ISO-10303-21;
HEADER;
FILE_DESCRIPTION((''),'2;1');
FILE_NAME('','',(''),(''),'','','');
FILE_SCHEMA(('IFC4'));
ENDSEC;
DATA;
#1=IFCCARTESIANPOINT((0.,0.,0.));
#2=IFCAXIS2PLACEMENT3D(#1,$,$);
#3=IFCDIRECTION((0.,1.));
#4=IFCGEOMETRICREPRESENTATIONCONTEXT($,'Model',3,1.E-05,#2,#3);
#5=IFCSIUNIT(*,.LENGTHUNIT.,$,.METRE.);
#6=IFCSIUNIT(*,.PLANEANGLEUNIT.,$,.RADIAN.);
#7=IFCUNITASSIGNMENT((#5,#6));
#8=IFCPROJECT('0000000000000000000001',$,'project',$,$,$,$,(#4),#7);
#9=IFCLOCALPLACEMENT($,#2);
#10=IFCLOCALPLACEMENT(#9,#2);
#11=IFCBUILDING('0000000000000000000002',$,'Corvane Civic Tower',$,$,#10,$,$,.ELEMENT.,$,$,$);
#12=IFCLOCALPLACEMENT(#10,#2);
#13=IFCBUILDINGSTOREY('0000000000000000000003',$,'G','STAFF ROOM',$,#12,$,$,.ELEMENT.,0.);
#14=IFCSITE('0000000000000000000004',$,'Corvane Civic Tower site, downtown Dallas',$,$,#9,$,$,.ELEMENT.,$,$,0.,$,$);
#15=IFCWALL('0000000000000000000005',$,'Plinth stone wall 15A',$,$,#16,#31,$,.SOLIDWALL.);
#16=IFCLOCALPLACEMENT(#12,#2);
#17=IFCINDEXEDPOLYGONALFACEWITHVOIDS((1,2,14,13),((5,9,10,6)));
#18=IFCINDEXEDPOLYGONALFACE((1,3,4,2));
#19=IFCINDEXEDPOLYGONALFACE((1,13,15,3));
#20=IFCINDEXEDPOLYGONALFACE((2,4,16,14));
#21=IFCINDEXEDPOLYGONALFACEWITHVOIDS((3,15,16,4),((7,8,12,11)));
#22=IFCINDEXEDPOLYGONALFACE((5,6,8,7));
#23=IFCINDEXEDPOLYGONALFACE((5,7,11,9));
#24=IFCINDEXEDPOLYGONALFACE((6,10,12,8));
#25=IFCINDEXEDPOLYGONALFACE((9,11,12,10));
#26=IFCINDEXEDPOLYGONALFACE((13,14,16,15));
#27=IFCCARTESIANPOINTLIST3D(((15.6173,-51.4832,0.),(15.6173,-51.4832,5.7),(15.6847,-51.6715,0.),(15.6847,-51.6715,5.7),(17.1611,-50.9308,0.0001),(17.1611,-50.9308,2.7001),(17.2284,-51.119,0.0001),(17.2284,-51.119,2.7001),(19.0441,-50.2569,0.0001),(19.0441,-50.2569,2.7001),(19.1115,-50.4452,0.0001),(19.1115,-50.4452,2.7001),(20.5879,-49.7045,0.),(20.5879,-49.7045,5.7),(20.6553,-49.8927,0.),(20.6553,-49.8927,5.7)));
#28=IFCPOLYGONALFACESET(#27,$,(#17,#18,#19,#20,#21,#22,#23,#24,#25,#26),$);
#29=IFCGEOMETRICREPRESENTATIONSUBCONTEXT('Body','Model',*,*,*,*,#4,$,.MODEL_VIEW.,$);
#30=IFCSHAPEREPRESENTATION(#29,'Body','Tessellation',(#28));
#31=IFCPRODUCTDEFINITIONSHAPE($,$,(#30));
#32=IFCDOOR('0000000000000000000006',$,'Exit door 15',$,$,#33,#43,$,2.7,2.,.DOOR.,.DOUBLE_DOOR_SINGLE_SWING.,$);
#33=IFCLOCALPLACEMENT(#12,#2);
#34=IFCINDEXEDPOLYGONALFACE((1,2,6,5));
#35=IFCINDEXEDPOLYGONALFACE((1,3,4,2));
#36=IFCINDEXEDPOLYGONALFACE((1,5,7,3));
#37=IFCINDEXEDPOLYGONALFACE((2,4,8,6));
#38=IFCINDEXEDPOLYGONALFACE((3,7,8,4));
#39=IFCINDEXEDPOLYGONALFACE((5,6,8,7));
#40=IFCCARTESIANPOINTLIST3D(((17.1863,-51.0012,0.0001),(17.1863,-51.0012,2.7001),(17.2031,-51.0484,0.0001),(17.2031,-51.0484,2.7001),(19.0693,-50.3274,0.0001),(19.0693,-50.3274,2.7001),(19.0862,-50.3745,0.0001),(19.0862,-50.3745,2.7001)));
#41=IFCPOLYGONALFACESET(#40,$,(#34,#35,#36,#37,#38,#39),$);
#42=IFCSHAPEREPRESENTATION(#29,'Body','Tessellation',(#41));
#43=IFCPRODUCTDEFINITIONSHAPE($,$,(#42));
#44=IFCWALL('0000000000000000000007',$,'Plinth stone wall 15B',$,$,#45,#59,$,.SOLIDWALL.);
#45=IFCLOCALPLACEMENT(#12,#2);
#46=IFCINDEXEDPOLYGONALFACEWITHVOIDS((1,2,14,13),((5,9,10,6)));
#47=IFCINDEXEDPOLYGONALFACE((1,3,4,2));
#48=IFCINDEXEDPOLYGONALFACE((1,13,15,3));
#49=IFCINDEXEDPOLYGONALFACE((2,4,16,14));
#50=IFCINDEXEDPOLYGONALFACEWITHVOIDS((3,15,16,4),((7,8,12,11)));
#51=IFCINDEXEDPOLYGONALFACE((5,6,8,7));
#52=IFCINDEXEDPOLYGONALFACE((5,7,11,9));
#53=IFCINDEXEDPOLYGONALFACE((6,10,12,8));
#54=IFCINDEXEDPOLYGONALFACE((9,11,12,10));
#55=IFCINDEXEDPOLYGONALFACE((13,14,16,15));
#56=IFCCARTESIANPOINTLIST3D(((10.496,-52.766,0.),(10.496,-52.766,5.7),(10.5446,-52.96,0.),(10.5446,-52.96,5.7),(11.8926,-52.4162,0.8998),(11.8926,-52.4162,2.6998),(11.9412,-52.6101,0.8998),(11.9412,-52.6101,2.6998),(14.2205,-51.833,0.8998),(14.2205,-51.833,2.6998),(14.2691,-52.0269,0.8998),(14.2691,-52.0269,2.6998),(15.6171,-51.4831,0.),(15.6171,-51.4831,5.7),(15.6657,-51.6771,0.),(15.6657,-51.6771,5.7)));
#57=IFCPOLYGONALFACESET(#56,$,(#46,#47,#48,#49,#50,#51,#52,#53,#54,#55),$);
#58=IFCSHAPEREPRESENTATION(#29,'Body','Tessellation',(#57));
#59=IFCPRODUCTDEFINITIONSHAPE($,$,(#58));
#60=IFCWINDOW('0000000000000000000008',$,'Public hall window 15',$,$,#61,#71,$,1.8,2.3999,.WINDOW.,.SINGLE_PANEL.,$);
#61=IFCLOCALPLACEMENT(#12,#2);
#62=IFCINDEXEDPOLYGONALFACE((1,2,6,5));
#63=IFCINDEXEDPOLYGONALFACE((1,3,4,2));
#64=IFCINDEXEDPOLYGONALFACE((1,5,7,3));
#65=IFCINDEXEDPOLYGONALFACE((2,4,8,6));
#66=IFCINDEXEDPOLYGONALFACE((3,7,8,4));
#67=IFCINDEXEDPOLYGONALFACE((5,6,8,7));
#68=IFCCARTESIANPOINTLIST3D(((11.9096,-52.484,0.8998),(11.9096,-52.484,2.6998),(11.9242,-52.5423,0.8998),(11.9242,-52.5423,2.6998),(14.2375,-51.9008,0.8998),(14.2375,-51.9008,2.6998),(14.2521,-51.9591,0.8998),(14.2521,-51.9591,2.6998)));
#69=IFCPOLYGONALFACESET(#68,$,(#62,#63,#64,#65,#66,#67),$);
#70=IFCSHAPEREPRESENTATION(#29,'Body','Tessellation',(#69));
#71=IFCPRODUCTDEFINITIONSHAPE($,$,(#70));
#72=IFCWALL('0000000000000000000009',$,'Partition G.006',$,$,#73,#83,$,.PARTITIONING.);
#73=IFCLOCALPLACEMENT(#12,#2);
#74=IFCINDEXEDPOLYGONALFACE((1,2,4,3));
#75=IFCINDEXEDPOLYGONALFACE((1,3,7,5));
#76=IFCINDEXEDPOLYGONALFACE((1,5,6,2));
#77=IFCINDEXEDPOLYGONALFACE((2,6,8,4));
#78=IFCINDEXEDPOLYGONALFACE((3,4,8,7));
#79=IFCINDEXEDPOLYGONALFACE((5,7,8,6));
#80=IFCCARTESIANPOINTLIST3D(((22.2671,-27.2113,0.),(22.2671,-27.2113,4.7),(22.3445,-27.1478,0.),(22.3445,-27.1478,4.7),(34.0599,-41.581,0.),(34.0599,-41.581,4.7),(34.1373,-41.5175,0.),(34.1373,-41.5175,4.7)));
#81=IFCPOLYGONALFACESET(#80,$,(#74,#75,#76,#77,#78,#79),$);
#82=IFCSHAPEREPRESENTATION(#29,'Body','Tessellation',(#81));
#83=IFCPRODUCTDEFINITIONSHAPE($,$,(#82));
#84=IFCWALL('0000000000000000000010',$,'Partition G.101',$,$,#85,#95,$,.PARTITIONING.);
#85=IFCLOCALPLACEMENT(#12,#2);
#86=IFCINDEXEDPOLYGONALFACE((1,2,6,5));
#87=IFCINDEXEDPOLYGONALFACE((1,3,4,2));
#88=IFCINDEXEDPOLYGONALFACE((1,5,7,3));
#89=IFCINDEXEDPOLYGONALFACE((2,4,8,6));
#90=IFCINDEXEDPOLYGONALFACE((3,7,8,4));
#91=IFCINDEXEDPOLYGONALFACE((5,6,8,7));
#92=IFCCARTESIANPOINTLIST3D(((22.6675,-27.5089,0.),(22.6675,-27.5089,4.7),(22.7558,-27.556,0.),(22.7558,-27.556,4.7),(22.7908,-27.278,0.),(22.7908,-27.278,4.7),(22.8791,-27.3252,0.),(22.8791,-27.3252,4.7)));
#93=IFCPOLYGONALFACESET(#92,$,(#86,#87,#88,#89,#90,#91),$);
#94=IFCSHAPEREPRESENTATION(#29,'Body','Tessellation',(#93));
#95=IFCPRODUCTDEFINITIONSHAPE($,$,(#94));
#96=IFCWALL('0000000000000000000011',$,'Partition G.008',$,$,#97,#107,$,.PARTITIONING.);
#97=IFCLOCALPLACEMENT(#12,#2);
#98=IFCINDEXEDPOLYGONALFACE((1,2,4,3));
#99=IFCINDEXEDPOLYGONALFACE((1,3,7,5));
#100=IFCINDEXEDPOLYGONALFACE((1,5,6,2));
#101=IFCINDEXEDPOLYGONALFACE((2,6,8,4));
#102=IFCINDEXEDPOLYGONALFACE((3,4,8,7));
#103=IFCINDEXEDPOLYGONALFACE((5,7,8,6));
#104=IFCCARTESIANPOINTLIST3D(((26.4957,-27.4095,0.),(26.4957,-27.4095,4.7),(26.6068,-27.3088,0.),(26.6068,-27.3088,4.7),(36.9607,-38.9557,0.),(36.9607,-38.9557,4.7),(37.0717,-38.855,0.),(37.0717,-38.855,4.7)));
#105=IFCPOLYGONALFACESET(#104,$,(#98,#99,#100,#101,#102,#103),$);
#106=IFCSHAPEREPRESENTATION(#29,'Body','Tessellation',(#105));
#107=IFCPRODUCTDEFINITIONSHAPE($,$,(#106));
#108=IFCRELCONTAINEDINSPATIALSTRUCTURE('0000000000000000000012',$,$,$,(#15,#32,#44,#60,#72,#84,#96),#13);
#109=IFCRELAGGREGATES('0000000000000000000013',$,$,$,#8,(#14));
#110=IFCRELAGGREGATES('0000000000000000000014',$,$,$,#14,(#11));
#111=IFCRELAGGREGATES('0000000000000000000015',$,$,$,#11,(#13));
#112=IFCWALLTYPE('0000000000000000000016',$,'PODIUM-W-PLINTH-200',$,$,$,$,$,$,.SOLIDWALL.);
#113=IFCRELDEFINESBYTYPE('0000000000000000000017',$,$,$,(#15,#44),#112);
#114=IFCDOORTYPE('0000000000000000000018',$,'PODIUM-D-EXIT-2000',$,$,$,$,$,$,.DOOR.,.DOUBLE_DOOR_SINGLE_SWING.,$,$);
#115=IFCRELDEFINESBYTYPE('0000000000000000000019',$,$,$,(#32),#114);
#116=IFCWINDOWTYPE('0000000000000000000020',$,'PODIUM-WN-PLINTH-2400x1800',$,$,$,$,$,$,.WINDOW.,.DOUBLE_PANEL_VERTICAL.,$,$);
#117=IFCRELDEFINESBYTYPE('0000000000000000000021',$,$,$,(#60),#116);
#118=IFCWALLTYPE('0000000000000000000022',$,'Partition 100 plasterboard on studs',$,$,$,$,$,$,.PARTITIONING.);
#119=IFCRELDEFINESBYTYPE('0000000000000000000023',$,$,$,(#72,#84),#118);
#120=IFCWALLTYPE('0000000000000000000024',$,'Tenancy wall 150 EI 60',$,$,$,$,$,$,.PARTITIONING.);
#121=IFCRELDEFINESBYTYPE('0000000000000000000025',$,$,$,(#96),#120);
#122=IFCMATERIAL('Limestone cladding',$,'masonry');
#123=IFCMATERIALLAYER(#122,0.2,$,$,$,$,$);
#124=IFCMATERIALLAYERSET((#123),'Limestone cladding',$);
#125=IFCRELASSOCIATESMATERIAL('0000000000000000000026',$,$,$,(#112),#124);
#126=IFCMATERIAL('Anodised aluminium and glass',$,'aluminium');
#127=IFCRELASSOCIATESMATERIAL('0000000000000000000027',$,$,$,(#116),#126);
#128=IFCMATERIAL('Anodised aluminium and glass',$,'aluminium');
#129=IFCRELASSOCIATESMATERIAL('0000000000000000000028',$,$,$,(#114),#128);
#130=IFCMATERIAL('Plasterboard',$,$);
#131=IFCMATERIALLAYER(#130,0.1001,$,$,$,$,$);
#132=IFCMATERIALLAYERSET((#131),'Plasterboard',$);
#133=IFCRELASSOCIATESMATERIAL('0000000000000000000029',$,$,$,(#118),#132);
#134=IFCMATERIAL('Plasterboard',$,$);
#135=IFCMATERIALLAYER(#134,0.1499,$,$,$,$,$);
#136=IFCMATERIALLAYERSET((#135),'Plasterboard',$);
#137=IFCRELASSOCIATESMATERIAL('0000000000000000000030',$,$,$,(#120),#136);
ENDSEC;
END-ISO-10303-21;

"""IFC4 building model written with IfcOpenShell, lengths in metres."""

from ifc_helpers import new_model, si_unit, direction, frame, frame_2d, origin, place, context, subcontext, project, spatial, rectangle, extrude, material, layer, layer_set, type_object, element, fill, save


model = new_model("IFC4")

# Units and contexts
model_context = context("Model", 3, precision=1e-05, world=origin(), true_north=direction((0.0, 1.0)))
body_context = subcontext(model_context, "Body", "Model", "MODEL_VIEW")
ifc_project = project(units=[si_unit("LENGTHUNIT", "METRE"), si_unit("PLANEANGLEUNIT", "RADIAN")], contexts=[model_context])

# Site, building, storey
site_placement = place(None, origin())
site = spatial("IfcSite", under=ifc_project, at=site_placement, Name="Corvane Civic Tower site, downtown Dallas", CompositionType="ELEMENT", RefElevation=0.0)
building_placement = place(site_placement, origin())
building = spatial("IfcBuilding", under=site, at=building_placement, Name="Corvane Civic Tower", CompositionType="ELEMENT")
storey_placement = place(building_placement, origin())
storey = spatial("IfcBuildingStorey", under=building, at=storey_placement, Name="G", Description="STAFF ROOM", CompositionType="ELEMENT", Elevation=0.0)

# Shared definitions
ifc_material_1 = material(Name="Limestone cladding", Category="masonry")
ifc_layer_1 = layer(ifc_material_1, 0.2)
ifc_layer_set_1 = layer_set([ifc_layer_1], Name="Limestone cladding")
wall_type_1 = type_object("IfcWallType", Name="PODIUM-W-PLINTH-200", PredefinedType="SOLIDWALL", material=ifc_layer_set_1)
ifc_material_2 = material(Name="Anodised aluminium and glass", Category="aluminium")
window_type = type_object("IfcWindowType", Name="PODIUM-WN-PLINTH-2400x1800", PartitioningType="DOUBLE_PANEL_VERTICAL", PredefinedType="WINDOW", material=ifc_material_2)

# Wall, opening, door
wall_1_placement = place(storey_placement, frame((20.6216, -49.7986, 0.0), z_axis=(0.0, 0.0, 1.0), x_axis=(-0.941528, -0.336934, 0.0)))
wall_1 = element("IfcWall", 1, at=wall_1_placement, inside=storey, type_object=wall_type_1, Name="Plinth stone wall 15A", PredefinedType="SOLIDWALL", context=body_context, shape_type="SweptSolid", body=[
    extrude(rectangle(XDim=5.2793, YDim=0.2, at=frame_2d((2.6396, 0.0))), origin(), (0.0, 0.0, 1.0), 5.7),
])
opening_1_placement = place(wall_1_placement, frame((1.6396, 0.0, 0.0)))
opening_1 = element("IfcOpeningElement", 2, at=opening_1_placement, cuts=wall_1, PredefinedType="OPENING", context=body_context, shape_type="SweptSolid", body=[
    extrude(rectangle(XDim=2.0, YDim=2.7, at=frame_2d((1.0, 1.3501))), frame((0.0, 0.1099, 0.0), z_axis=(0.0, -1.0, 0.0), x_axis=(1.0, 0.0, 0.0)), (0.0, 0.0, 1.0), 0.22),
])
ifc_material_3 = material(Name="Anodised aluminium and glass", Category="aluminium")
door_type_1 = type_object("IfcDoorType", Name="PODIUM-D-EXIT-2000", OperationType="DOUBLE_DOOR_SINGLE_SWING", PredefinedType="DOOR", material=ifc_material_3)
door_1_placement = place(opening_1_placement, origin())
door_1 = element("IfcDoor", 3, at=door_1_placement, inside=storey, type_object=door_type_1, Name="Exit door 15", OperationType="DOUBLE_DOOR_SINGLE_SWING", OverallHeight=2.7, OverallWidth=2.0, PredefinedType="DOOR", context=body_context, shape_type="SweptSolid", body=[
    extrude(rectangle(XDim=2.0, YDim=2.7, at=frame_2d((1.0, 1.3501))), frame((0.0, 0.0249, 0.0), z_axis=(0.0, -1.0, 0.0), x_axis=(1.0, 0.0, 0.0)), (0.0, 0.0, 1.0), 0.05),
])
fill(opening_1, door_1)

# Wall, opening, window
wall_2_placement = place(storey_placement, frame((15.6414, -51.5801, 0.0), z_axis=(0.0, 0.0, 1.0), x_axis=(-0.970023, -0.243014, 0.0)))
wall_2 = element("IfcWall", 4, at=wall_2_placement, inside=storey, type_object=wall_type_1, Name="Plinth stone wall 15B", PredefinedType="SOLIDWALL", context=body_context, shape_type="SweptSolid", body=[
    extrude(rectangle(XDim=5.2793, YDim=0.2, at=frame_2d((2.6396, 0.0))), origin(), (0.0, 0.0, 1.0), 5.7),
])
opening_2_placement = place(wall_2_placement, frame((1.4397, 0.0, 0.8999)))
opening_2 = element("IfcOpeningElement", 5, at=opening_2_placement, cuts=wall_2, PredefinedType="OPENING", context=body_context, shape_type="SweptSolid", body=[
    extrude(rectangle(XDim=2.3999, YDim=1.8, at=frame_2d((1.2, 0.8999))), frame((0.0, 0.1099, 0.0), z_axis=(0.0, -1.0, 0.0), x_axis=(1.0, 0.0, 0.0)), (0.0, 0.0, 1.0), 0.22),
])
window_1_placement = place(opening_2_placement, origin())
window_1 = element("IfcWindow", 6, at=window_1_placement, inside=storey, type_object=window_type, Name="Public hall window 15", OverallHeight=1.8, OverallWidth=2.3999, PartitioningType="SINGLE_PANEL", PredefinedType="WINDOW", context=body_context, shape_type="SweptSolid", body=[
    extrude(rectangle(XDim=2.3999, YDim=1.8, at=frame_2d((1.2, 0.8999))), frame((0.0, 0.03, 0.0), z_axis=(0.0, -1.0, 0.0), x_axis=(1.0, 0.0, 0.0)), (0.0, 0.0, 1.0), 0.0601),
])
fill(opening_2, window_1)

# Walls
ifc_material_4 = material(Name="Plasterboard")
ifc_layer_2 = layer(ifc_material_4, 0.1001)
ifc_layer_set_2 = layer_set([ifc_layer_2], Name="Plasterboard")
wall_type_2 = type_object("IfcWallType", Name="Partition 100 plasterboard on studs", PredefinedType="PARTITIONING", material=ifc_layer_set_2)
wall_3_placement = place(storey_placement, frame((22.3059, -27.1797, 0.0), z_axis=(0.0, 0.0, 1.0), x_axis=(0.634389, -0.773014, 0.0)))
element("IfcWall", 7, at=wall_3_placement, inside=storey, type_object=wall_type_2, Name="Partition G.006", PredefinedType="PARTITIONING", context=body_context, shape_type="SweptSolid", body=[
    extrude(rectangle(XDim=18.5891, YDim=0.1001, at=frame_2d((9.2944, 0.0))), origin(), (0.0, 0.0, 1.0), 4.7),
])
wall_4_placement = place(storey_placement, frame((22.7117, -27.5325, 0.0), z_axis=(0.0, 0.0, 1.0), x_axis=(0.470927, 0.882172, 0.0)))
element("IfcWall", 8, at=wall_4_placement, inside=storey, type_object=wall_type_2, Name="Partition G.101", PredefinedType="PARTITIONING", context=body_context, shape_type="SweptSolid", body=[
    extrude(rectangle(XDim=0.2617, YDim=0.1001, at=frame_2d((0.1309, 0.0))), origin(), (0.0, 0.0, 1.0), 4.7),
])
ifc_material_5 = material(Name="Plasterboard")
ifc_layer_3 = layer(ifc_material_5, 0.1499)
ifc_layer_set_3 = layer_set([ifc_layer_3], Name="Plasterboard")
wall_type_3 = type_object("IfcWallType", Name="Tenancy wall 150 EI 60", PredefinedType="PARTITIONING", material=ifc_layer_set_3)
wall_5_placement = place(storey_placement, frame((26.5513, -27.3591, 0.0), z_axis=(0.0, 0.0, 1.0), x_axis=(0.67156, -0.74095, 0.0)))
element("IfcWall", 9, at=wall_5_placement, inside=storey, type_object=wall_type_3, Name="Partition G.008", PredefinedType="PARTITIONING", context=body_context, shape_type="SweptSolid", body=[
    extrude(rectangle(XDim=15.583, YDim=0.1499, at=frame_2d((7.7915, 0.0))), origin(), (0.0, 0.0, 1.0), 4.7),
])

save(model, "model.ifc")
